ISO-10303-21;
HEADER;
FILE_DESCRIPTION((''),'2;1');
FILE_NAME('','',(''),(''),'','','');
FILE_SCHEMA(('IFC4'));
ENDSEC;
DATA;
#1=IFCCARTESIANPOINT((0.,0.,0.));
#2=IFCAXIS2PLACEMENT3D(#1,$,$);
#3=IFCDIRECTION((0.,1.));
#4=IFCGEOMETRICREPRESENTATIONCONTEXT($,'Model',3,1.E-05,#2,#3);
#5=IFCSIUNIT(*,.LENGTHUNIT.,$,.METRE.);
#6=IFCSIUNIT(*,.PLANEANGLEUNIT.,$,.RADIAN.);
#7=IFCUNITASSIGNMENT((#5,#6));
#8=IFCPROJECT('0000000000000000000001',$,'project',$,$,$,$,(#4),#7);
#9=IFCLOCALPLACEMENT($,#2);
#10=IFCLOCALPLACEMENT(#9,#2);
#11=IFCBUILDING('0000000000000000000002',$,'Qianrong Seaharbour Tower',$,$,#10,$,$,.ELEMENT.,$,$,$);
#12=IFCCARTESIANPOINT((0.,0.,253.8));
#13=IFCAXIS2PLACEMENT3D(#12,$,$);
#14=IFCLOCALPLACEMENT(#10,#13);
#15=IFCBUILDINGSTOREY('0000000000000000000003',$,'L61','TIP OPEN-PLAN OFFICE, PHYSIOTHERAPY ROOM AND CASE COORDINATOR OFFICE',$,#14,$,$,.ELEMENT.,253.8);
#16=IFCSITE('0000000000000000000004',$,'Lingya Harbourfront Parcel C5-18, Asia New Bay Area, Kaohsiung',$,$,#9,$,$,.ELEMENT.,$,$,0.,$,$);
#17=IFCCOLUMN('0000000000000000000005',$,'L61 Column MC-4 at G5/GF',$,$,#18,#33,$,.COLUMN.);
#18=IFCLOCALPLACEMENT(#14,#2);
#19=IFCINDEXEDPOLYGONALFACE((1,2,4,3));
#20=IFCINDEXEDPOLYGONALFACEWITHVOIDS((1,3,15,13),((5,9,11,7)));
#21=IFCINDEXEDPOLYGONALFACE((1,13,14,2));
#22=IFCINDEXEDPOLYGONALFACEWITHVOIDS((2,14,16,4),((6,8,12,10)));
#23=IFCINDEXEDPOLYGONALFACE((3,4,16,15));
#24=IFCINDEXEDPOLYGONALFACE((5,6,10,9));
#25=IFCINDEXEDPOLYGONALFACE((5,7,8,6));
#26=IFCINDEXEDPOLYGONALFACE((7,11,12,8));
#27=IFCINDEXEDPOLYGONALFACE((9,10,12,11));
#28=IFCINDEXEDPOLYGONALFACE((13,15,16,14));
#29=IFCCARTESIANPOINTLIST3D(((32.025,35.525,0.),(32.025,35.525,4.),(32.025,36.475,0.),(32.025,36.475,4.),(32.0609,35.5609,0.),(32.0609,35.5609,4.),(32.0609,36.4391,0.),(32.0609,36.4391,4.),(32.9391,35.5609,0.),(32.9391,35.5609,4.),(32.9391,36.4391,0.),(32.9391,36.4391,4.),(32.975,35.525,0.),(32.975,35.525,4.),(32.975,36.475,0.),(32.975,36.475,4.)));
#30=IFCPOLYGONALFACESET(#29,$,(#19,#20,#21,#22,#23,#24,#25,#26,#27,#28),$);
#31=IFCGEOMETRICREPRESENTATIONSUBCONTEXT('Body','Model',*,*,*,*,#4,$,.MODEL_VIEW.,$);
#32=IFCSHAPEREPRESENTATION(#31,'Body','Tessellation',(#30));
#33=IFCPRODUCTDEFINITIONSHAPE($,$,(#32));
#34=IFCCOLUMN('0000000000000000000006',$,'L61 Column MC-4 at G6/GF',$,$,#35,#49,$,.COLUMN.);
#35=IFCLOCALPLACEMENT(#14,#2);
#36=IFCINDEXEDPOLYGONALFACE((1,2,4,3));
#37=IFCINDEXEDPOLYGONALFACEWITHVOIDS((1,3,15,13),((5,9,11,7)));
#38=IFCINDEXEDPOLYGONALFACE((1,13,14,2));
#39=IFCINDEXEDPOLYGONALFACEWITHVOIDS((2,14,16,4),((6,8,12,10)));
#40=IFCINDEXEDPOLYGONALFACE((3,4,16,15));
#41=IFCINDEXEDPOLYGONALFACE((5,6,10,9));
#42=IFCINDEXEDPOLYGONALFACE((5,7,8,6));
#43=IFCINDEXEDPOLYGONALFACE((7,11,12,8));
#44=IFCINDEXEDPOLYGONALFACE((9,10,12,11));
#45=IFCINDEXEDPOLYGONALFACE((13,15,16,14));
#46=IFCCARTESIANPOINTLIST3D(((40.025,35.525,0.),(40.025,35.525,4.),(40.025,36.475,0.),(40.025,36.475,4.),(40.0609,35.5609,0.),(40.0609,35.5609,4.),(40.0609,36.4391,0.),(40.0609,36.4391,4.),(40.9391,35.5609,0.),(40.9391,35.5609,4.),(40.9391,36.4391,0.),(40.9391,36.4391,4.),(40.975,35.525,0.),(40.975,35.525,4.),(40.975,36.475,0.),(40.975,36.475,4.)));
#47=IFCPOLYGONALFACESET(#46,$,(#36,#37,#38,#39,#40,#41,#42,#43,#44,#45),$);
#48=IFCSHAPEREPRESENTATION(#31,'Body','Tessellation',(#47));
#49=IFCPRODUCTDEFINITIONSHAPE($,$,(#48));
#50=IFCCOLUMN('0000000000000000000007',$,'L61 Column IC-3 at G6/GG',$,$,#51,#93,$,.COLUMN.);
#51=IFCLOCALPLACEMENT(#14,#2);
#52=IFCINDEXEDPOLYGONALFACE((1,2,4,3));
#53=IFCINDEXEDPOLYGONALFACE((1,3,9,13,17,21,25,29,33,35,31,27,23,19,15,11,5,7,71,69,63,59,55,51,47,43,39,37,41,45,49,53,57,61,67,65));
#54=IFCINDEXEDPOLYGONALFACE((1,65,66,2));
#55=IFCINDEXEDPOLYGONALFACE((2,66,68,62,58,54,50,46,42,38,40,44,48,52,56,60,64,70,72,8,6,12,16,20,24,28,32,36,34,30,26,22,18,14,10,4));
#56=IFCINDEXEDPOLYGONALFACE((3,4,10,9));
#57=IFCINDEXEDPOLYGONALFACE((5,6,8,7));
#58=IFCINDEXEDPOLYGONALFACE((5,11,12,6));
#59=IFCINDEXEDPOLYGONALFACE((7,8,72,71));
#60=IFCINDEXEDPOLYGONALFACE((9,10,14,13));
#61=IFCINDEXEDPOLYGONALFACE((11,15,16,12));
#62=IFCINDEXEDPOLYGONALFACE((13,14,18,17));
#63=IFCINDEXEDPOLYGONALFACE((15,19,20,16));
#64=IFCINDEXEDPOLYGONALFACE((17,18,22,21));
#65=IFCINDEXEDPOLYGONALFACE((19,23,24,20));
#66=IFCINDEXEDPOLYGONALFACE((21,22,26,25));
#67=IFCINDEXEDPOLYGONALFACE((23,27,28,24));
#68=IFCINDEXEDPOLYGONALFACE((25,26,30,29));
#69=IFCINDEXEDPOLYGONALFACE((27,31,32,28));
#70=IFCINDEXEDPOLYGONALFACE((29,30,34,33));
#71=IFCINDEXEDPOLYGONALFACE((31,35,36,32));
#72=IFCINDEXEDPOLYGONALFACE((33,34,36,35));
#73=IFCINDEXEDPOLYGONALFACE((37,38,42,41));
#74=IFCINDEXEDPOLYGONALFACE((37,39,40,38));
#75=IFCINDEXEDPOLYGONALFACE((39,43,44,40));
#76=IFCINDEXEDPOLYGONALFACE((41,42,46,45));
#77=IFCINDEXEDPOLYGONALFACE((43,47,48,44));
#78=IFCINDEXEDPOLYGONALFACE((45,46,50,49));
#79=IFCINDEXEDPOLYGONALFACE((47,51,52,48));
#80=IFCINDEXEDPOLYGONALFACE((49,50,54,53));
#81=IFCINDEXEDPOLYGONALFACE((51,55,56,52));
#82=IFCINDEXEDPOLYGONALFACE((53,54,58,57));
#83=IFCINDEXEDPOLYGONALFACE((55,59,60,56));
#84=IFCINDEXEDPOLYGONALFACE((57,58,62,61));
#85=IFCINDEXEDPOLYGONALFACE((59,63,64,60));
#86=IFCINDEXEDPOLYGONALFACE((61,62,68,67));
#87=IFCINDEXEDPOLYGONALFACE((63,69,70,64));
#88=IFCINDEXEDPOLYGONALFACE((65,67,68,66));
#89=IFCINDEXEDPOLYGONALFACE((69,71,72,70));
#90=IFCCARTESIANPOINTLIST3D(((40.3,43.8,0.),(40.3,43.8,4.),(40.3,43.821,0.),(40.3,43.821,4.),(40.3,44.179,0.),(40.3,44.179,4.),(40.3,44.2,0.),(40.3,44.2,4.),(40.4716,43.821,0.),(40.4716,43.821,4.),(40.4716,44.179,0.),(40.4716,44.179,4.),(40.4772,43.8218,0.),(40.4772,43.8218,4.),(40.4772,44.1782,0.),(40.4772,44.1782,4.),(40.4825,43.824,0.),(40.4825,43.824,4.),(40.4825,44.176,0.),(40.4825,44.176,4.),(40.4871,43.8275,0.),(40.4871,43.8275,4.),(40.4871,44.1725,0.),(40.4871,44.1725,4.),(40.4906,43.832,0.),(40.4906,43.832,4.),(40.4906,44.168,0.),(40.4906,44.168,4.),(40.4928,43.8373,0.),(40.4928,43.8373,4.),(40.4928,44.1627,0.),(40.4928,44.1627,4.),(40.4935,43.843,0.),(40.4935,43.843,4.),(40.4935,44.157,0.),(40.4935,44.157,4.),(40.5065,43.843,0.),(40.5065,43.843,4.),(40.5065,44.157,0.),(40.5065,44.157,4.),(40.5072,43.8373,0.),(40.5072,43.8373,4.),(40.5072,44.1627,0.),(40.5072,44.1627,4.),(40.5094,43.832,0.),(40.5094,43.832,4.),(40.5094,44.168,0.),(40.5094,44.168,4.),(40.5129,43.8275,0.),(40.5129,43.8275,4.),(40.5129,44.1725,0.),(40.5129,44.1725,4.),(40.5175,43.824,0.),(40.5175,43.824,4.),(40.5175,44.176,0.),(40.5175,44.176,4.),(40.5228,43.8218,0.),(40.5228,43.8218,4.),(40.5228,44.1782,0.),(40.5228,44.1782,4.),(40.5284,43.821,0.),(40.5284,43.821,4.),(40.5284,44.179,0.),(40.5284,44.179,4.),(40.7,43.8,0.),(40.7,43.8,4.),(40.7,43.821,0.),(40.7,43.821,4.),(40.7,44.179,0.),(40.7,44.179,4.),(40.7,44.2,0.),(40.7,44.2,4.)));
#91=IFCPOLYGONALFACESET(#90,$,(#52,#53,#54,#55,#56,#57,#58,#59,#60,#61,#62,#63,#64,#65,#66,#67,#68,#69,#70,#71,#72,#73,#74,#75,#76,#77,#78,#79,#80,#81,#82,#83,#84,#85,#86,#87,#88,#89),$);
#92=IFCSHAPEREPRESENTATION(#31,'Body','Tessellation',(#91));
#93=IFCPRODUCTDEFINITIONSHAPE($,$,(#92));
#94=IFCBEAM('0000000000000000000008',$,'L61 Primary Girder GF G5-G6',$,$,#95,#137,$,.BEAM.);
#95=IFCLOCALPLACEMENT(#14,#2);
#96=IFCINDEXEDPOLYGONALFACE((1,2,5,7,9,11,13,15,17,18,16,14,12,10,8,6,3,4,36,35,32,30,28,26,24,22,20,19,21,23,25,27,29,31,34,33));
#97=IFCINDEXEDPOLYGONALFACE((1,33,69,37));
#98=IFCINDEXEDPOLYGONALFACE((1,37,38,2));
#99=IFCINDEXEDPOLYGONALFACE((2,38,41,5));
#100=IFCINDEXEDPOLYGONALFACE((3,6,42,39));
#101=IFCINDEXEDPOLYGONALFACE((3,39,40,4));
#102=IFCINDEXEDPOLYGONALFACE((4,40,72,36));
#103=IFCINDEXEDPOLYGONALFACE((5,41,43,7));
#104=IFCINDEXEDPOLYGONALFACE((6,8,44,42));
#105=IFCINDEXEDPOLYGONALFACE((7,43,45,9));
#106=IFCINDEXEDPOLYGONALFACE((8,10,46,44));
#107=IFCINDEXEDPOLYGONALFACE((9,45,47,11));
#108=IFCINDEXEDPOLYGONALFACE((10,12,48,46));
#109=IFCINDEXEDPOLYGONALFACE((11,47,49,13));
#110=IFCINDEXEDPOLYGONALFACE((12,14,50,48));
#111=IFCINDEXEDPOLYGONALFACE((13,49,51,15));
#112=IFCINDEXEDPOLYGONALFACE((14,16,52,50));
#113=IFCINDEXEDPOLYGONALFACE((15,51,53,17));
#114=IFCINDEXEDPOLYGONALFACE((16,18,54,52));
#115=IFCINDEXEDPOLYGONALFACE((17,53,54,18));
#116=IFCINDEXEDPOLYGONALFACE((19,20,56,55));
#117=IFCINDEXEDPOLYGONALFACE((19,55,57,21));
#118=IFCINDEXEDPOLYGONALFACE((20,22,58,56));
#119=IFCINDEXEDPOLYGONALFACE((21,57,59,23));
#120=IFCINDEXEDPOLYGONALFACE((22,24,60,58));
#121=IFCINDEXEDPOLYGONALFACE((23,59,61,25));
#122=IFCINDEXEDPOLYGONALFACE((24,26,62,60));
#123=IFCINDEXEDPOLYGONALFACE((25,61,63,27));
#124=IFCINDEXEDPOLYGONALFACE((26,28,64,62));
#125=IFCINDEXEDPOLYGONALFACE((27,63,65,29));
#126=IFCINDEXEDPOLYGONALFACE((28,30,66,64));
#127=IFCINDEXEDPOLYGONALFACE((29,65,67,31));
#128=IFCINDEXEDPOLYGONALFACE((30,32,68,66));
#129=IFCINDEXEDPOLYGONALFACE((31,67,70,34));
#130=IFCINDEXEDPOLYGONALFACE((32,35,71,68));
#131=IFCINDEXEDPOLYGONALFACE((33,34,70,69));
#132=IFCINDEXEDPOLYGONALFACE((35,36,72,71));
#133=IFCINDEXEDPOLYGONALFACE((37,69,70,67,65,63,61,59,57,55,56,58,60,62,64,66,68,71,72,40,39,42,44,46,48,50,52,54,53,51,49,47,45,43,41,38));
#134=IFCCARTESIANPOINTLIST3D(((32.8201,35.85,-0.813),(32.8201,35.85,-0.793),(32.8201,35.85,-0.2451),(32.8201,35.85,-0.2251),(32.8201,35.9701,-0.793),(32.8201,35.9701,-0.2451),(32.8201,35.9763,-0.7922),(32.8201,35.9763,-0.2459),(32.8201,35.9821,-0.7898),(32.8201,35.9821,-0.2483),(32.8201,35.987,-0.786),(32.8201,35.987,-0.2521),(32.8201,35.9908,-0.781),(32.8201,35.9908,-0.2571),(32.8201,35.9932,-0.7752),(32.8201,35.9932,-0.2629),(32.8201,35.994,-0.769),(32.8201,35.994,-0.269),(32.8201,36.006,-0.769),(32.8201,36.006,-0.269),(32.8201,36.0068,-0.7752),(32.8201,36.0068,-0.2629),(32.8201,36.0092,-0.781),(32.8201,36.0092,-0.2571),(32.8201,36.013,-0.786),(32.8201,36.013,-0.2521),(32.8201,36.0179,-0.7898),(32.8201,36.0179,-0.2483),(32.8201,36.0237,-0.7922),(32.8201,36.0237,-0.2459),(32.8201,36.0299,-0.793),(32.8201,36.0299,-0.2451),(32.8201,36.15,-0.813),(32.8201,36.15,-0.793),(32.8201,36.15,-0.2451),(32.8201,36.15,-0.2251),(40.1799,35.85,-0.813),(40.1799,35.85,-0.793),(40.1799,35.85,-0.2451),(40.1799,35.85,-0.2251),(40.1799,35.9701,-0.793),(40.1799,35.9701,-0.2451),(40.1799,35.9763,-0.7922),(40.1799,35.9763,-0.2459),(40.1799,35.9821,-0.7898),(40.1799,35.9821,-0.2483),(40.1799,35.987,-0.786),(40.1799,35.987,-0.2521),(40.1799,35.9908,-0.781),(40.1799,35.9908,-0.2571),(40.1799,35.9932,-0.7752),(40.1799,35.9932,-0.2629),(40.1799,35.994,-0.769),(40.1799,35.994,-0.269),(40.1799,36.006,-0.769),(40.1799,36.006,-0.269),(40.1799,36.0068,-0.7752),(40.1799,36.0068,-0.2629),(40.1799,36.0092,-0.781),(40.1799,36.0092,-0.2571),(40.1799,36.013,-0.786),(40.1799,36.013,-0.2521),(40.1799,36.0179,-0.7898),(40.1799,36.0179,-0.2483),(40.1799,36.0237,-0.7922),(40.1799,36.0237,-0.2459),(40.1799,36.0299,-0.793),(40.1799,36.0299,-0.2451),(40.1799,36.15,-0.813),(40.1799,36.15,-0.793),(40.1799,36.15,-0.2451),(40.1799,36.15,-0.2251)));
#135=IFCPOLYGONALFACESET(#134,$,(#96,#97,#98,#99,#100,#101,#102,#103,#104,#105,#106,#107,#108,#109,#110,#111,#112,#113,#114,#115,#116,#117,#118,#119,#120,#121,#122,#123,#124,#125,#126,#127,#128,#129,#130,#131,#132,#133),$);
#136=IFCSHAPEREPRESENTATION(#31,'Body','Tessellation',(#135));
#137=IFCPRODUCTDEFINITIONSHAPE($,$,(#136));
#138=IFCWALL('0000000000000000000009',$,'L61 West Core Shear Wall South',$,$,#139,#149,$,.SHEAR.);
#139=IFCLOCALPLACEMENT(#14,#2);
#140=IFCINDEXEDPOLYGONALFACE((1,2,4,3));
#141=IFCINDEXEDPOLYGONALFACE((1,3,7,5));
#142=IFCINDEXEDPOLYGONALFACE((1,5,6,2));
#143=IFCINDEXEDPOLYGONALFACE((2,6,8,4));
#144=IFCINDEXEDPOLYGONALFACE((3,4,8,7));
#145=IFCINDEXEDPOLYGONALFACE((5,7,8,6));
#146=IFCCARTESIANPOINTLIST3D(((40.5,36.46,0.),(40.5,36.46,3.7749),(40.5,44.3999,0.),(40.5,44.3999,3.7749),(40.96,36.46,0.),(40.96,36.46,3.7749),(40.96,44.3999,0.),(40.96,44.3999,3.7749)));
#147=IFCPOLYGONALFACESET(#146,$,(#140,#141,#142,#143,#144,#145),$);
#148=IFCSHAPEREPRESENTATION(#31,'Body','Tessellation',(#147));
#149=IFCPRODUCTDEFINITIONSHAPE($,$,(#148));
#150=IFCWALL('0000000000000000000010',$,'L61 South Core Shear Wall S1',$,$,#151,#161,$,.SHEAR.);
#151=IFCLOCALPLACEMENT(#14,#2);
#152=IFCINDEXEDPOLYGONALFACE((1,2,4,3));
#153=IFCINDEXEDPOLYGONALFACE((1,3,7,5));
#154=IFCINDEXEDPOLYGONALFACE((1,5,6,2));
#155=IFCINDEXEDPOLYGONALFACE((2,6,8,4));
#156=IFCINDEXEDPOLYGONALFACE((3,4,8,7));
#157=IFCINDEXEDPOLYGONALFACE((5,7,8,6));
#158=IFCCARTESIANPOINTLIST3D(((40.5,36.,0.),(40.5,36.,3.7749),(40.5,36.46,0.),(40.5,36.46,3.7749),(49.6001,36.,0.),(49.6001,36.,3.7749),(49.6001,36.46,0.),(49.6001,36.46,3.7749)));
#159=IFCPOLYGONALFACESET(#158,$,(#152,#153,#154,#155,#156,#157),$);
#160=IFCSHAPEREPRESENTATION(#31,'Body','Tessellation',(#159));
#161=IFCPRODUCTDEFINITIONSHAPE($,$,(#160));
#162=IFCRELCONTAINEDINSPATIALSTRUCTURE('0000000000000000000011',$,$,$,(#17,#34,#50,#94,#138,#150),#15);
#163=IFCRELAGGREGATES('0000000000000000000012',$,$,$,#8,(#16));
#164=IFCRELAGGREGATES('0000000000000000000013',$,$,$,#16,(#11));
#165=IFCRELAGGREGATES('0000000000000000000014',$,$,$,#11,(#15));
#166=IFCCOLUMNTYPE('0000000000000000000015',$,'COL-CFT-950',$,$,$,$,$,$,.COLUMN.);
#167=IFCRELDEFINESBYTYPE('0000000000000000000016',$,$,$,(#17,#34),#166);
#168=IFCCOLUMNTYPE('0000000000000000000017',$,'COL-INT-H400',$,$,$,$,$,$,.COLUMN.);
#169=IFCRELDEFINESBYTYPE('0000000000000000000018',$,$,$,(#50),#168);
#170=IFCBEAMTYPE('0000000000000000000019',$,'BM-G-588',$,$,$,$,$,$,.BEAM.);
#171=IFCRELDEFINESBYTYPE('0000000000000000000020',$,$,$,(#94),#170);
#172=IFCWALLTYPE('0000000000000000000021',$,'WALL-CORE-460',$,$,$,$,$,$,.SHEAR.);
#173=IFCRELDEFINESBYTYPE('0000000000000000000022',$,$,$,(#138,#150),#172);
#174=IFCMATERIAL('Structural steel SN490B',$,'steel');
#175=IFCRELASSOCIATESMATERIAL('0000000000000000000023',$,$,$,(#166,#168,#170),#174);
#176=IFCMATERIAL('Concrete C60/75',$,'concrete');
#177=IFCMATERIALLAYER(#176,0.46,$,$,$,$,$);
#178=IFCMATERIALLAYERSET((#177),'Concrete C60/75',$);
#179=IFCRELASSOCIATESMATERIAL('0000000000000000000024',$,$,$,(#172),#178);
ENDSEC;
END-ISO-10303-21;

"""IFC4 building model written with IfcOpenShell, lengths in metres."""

from ifc_helpers import new_model, si_unit, direction, frame, frame_2d, origin, origin_2d, place, context, subcontext, project, spatial, rectangle, hollow_rectangle, i_section, extrude, material, layer, layer_set, material_profile, profile_set, type_object, element, save


model = new_model("IFC4")

# Units and contexts
model_context = context("Model", 3, precision=1e-05, world=origin(), true_north=direction((0.0, 1.0)))
body_context = subcontext(model_context, "Body", "Model", "MODEL_VIEW")
ifc_project = project(units=[si_unit("LENGTHUNIT", "METRE"), si_unit("PLANEANGLEUNIT", "RADIAN")], contexts=[model_context])

# Site, building, storey
site_placement = place(None, origin())
site = spatial("IfcSite", under=ifc_project, at=site_placement, Name="Lingya Harbourfront Parcel C5-18, Asia New Bay Area, Kaohsiung", CompositionType="ELEMENT", RefElevation=0.0)
building_placement = place(site_placement, origin())
building = spatial("IfcBuilding", under=site, at=building_placement, Name="Qianrong Seaharbour Tower", CompositionType="ELEMENT")
storey_placement = place(building_placement, frame((0.0, 0.0, 253.8)))
storey = spatial("IfcBuildingStorey", under=building, at=storey_placement, Name="L61", Description="TIP OPEN-PLAN OFFICE, PHYSIOTHERAPY ROOM AND CASE COORDINATOR OFFICE", CompositionType="ELEMENT", Elevation=253.8)

# Columns
ifc_material_1 = material(Name="Structural steel SN490B", Category="steel")
ifc_material_profile_1 = material_profile(ifc_material_1, hollow_rectangle(XDim=0.95, YDim=0.95, WallThickness=0.0359, at=origin_2d()), Name="BOX950x950x36")
ifc_profile_set_1 = profile_set([ifc_material_profile_1], Name="Structural steel SN490B")
column_type_1 = type_object("IfcColumnType", Name="COL-CFT-950", PredefinedType="COLUMN", material=ifc_profile_set_1)
for number, where, z_axis, x_axis, name in (
    (1, (32.5, 36.0, 0.0), (0.0, 0.0, 1.0), (1.0, 0.0, 0.0), "L61 Column MC-4 at G5/GF"),
    (2, (40.5, 36.0, 0.0), (0.0, 0.0, 1.0), (1.0, 0.0, 0.0), "L61 Column MC-4 at G6/GF"),
):
    element("IfcColumn", number, at=place(storey_placement, frame(where, z_axis=z_axis, x_axis=x_axis)), inside=storey, type_object=column_type_1, Name=name, PredefinedType="COLUMN", context=body_context, shape_type="SweptSolid", body=[
        extrude(hollow_rectangle(XDim=0.95, YDim=0.95, WallThickness=0.0359, at=origin_2d()), origin(), (0.0, 0.0, 1.0), 4.0),
    ])
ifc_material_profile_2 = material_profile(ifc_material_1, i_section(OverallWidth=0.3999, OverallDepth=0.3999, WebThickness=0.0129, FlangeThickness=0.021, FilletRadius=0.022, at=origin_2d()), Name="H400x400x13x21")
ifc_profile_set_2 = profile_set([ifc_material_profile_2], Name="Structural steel SN490B")
column_type_2 = type_object("IfcColumnType", Name="COL-INT-H400", PredefinedType="COLUMN", material=ifc_profile_set_2)
column_placement = place(storey_placement, frame((40.5, 44.0, 0.0), z_axis=(0.0, 0.0, 1.0), x_axis=(1.0, 0.0, 0.0)))
element("IfcColumn", 3, at=column_placement, inside=storey, type_object=column_type_2, Name="L61 Column IC-3 at G6/GG", PredefinedType="COLUMN", context=body_context, shape_type="SweptSolid", body=[
    extrude(i_section(OverallWidth=0.3999, OverallDepth=0.3999, WebThickness=0.0129, FlangeThickness=0.021, FilletRadius=0.022, at=origin_2d()), origin(), (0.0, 0.0, 1.0), 4.0),
])

# Beam
ifc_material_profile_3 = material_profile(ifc_material_1, i_section(OverallWidth=0.3, OverallDepth=0.5879, WebThickness=0.012, FlangeThickness=0.02, FilletRadius=0.0239, at=origin_2d()), Name="H588x300x12x20")
ifc_profile_set_3 = profile_set([ifc_material_profile_3], Name="Structural steel SN490B")
beam_type = type_object("IfcBeamType", Name="BM-G-588", PredefinedType="BEAM", material=ifc_profile_set_3)
beam_placement = place(storey_placement, frame((32.8201, 36.0, -0.519), z_axis=(1.0, 0.0, 0.0), x_axis=(0.0, 1.0, 0.0)))
element("IfcBeam", 4, at=beam_placement, inside=storey, type_object=beam_type, Name="L61 Primary Girder GF G5-G6", PredefinedType="BEAM", context=body_context, shape_type="SweptSolid", body=[
    extrude(i_section(OverallWidth=0.3, OverallDepth=0.5879, WebThickness=0.012, FlangeThickness=0.02, FilletRadius=0.0239, at=origin_2d()), origin(), (0.0, 0.0, 1.0), 7.3599),
])

# Walls
ifc_material_2 = material(Name="Concrete C60/75", Category="concrete")
ifc_layer_1 = layer(ifc_material_2, 0.46)
ifc_layer_set_1 = layer_set([ifc_layer_1], Name="Concrete C60/75")
wall_type_1 = type_object("IfcWallType", Name="WALL-CORE-460", PredefinedType="SHEAR", material=ifc_layer_set_1)
wall_1_placement = place(storey_placement, frame((40.73, 36.46, 0.0), z_axis=(0.0, 0.0, 1.0), x_axis=(0.0, 1.0, 0.0)))
element("IfcWall", 5, at=wall_1_placement, inside=storey, type_object=wall_type_1, Name="L61 West Core Shear Wall South", PredefinedType="SHEAR", context=body_context, shape_type="SweptSolid", body=[
    extrude(rectangle(XDim=7.9399, YDim=0.46, at=frame_2d((3.97, 0.0))), origin(), (0.0, 0.0, 1.0), 3.7749),
])
wall_2_placement = place(storey_placement, frame((40.5, 36.23, 0.0), z_axis=(0.0, 0.0, 1.0), x_axis=(1.0, 0.0, 0.0)))
element("IfcWall", 6, at=wall_2_placement, inside=storey, type_object=wall_type_1, Name="L61 South Core Shear Wall S1", PredefinedType="SHEAR", context=body_context, shape_type="SweptSolid", body=[
    extrude(rectangle(XDim=9.1001, YDim=0.46, at=frame_2d((4.55, 0.0))), origin(), (0.0, 0.0, 1.0), 3.7749),
])

save(model, "model.ifc")
